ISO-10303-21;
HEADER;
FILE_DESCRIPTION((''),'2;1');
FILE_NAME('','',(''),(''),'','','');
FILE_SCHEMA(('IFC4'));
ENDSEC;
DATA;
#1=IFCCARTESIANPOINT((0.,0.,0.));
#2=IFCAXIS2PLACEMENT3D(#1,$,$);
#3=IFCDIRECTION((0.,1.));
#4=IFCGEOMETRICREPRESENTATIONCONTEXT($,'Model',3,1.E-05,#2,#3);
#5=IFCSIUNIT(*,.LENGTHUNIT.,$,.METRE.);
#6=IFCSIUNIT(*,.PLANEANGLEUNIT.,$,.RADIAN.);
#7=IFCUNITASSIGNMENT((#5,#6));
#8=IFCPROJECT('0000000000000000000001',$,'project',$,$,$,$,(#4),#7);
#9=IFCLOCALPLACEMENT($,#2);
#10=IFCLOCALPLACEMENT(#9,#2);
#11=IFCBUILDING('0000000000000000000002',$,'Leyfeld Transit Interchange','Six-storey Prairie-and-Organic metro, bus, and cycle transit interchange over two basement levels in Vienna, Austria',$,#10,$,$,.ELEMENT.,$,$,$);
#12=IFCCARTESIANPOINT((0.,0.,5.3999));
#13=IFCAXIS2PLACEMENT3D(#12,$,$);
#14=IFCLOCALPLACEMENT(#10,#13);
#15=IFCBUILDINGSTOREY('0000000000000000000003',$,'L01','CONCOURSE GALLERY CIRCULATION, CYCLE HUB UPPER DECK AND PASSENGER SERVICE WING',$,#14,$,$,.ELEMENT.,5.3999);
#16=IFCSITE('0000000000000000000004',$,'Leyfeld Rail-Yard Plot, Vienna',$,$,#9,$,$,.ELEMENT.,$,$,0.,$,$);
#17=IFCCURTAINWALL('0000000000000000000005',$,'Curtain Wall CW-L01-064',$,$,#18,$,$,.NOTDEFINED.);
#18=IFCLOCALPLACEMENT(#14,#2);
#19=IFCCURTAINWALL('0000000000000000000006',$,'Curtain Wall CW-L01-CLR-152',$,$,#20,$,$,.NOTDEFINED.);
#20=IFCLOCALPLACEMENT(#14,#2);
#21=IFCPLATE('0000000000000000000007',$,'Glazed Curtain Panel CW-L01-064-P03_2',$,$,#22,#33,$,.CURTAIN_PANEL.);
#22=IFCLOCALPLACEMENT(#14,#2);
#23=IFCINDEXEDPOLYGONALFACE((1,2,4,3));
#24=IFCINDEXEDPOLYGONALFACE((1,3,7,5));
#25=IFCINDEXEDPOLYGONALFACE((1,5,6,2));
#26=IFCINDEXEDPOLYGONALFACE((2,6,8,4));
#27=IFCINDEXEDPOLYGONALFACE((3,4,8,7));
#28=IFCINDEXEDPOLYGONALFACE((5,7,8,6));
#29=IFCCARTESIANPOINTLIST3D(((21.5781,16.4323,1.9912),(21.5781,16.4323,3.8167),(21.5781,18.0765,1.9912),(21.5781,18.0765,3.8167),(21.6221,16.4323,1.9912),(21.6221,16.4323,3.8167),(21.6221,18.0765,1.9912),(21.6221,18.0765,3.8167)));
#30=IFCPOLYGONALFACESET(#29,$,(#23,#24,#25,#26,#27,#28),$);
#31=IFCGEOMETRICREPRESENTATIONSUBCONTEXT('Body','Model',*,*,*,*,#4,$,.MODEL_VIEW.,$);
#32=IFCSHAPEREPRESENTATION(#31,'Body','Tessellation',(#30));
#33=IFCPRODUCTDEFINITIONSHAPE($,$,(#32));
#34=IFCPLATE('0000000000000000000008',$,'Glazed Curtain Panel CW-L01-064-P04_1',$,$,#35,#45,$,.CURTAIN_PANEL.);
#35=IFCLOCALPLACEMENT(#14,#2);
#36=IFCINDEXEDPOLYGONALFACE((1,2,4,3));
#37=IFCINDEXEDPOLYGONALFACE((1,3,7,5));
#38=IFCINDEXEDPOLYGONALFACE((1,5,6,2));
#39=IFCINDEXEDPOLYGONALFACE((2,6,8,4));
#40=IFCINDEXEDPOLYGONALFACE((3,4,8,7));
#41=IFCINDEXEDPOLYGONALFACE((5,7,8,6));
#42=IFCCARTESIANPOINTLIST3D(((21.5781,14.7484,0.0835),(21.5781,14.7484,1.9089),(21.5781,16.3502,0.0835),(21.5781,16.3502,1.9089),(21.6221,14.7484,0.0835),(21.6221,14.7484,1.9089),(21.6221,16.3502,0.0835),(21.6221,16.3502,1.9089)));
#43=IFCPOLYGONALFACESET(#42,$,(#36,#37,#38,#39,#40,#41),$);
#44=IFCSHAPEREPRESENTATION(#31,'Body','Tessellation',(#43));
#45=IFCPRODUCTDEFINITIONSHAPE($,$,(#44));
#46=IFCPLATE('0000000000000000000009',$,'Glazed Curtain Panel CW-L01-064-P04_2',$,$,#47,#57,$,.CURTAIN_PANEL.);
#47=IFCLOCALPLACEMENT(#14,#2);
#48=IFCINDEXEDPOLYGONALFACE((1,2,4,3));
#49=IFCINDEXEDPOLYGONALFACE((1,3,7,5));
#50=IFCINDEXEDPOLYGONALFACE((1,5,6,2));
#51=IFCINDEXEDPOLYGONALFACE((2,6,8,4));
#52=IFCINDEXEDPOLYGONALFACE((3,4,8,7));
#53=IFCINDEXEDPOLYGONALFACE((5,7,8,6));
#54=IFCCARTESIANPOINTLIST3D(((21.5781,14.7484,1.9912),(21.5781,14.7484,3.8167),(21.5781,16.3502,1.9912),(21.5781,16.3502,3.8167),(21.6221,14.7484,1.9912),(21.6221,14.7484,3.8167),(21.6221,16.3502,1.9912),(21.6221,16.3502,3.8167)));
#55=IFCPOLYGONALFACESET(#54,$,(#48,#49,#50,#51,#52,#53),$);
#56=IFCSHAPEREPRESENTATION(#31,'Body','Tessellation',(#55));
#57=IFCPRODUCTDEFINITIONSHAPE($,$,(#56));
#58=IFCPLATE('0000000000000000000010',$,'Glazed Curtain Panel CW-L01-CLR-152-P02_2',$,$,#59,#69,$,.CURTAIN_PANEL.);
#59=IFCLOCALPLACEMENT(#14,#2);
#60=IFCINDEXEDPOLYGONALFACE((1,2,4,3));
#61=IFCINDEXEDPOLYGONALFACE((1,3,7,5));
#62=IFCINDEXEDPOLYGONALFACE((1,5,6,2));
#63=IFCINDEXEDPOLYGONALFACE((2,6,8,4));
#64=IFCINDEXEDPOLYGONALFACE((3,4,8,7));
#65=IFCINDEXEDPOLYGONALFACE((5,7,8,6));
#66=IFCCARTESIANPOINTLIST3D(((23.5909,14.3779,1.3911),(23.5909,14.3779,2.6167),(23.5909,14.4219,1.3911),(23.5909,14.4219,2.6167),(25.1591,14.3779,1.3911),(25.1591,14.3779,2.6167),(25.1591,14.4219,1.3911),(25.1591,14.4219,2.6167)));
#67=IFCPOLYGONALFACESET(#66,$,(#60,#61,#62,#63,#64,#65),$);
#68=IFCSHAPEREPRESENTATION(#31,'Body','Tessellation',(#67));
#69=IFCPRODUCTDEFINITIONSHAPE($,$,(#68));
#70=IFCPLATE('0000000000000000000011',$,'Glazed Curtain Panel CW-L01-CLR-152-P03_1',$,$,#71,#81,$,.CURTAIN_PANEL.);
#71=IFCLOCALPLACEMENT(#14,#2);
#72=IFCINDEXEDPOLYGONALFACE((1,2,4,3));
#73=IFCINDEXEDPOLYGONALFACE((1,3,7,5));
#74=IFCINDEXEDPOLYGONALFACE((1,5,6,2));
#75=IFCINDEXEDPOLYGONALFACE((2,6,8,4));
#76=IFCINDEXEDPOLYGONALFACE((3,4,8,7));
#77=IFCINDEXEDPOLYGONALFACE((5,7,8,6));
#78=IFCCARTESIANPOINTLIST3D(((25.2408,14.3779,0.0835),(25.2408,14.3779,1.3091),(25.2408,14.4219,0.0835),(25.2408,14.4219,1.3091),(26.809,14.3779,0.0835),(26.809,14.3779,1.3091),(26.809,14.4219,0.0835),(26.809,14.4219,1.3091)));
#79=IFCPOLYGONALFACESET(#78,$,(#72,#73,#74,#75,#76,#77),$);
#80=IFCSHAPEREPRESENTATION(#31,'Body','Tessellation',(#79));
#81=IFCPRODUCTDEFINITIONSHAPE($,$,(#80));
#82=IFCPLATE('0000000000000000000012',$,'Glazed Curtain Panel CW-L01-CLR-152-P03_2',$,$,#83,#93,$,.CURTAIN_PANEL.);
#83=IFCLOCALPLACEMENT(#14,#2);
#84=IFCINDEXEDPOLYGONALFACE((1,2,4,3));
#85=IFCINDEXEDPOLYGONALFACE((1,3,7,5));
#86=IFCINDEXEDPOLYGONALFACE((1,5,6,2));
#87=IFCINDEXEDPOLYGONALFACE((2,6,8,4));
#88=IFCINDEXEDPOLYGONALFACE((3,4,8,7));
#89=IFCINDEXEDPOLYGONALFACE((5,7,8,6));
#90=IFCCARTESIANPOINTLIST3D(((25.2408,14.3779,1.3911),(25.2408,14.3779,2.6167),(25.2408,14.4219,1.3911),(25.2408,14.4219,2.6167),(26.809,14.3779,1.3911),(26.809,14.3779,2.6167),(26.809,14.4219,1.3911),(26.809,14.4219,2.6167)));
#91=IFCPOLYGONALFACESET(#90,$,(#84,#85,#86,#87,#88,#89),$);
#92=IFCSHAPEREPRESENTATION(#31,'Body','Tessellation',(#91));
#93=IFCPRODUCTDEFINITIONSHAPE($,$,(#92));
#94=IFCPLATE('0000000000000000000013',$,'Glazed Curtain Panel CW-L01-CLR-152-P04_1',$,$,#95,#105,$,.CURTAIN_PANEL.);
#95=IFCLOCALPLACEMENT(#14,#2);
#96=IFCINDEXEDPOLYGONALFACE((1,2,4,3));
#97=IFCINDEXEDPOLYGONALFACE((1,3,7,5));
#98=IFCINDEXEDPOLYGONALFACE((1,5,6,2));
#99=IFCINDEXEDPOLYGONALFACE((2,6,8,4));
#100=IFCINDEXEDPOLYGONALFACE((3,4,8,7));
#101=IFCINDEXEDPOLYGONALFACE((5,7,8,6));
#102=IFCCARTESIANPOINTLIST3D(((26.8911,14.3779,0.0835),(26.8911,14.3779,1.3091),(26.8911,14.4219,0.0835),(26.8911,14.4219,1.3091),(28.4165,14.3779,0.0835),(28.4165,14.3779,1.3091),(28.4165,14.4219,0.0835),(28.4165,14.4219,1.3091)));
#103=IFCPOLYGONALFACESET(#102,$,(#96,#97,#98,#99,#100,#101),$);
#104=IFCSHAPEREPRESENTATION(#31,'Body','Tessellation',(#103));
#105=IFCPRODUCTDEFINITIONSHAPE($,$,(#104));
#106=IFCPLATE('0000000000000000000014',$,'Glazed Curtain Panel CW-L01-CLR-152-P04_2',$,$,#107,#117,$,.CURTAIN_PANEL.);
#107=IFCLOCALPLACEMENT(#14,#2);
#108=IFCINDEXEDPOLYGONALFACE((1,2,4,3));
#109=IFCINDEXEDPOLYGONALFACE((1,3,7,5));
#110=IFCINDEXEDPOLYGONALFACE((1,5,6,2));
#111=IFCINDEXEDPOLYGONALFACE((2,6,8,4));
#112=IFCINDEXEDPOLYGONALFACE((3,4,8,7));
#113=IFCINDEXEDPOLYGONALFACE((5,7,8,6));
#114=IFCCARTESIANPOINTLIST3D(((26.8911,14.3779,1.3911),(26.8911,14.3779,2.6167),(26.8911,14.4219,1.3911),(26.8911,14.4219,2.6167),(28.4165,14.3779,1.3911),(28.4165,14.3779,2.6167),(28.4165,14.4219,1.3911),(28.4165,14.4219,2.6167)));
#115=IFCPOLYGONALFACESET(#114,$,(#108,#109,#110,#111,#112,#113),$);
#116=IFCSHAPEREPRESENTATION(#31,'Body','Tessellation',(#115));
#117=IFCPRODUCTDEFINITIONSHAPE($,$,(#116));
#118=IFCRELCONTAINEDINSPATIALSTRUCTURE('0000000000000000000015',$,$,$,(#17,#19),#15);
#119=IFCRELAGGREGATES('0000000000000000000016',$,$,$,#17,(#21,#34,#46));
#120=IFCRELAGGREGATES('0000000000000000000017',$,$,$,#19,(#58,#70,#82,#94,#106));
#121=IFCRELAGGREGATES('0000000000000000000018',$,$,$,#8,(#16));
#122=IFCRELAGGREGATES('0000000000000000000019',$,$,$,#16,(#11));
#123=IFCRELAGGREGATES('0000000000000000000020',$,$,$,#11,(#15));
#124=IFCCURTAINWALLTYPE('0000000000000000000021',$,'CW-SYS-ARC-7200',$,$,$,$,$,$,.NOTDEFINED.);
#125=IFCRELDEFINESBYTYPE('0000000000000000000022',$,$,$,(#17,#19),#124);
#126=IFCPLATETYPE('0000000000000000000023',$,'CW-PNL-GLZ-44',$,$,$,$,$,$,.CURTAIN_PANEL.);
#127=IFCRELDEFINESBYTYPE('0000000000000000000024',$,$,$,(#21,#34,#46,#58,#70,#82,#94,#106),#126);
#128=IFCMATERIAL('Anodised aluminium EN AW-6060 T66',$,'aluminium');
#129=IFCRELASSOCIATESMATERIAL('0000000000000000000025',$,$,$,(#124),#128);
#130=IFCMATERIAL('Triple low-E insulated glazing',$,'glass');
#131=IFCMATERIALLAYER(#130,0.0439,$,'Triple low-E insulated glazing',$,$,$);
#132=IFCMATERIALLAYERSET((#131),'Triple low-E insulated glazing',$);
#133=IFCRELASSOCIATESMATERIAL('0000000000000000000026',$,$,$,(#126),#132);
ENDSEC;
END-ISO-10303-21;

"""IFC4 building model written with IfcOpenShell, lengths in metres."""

from ifc_helpers import new_model, si_unit, direction, frame, origin, origin_2d, place, context, subcontext, project, spatial, rectangle, extrude, material, layer, layer_set, type_object, element, aggregate, save


model = new_model("IFC4")

# Units and contexts
model_context = context("Model", 3, precision=1e-05, world=origin(), true_north=direction((0.0, 1.0)))
body_context = subcontext(model_context, "Body", "Model", "MODEL_VIEW")
ifc_project = project(units=[si_unit("LENGTHUNIT", "METRE"), si_unit("PLANEANGLEUNIT", "RADIAN")], contexts=[model_context])

# Site, building, storey
site_placement = place(None, origin())
site = spatial("IfcSite", under=ifc_project, at=site_placement, Name="Leyfeld Rail-Yard Plot, Vienna", CompositionType="ELEMENT", RefElevation=0.0)
building_placement = place(site_placement, origin())
building = spatial("IfcBuilding", under=site, at=building_placement, Name="Leyfeld Transit Interchange", Description="Six-storey Prairie-and-Organic metro, bus, and cycle transit interchange over two basement levels in Vienna, Austria", CompositionType="ELEMENT")
storey_placement = place(building_placement, frame((0.0, 0.0, 5.3999)))
storey = spatial("IfcBuildingStorey", under=building, at=storey_placement, Name="L01", Description="CONCOURSE GALLERY CIRCULATION, CYCLE HUB UPPER DECK AND PASSENGER SERVICE WING", CompositionType="ELEMENT", Elevation=5.3999)

# Curtain walls
ifc_material_1 = material(Name="Anodised aluminium EN AW-6060 T66", Category="aluminium")
curtain_wall_type = type_object("IfcCurtainWallType", Name="CW-SYS-ARC-7200", PredefinedType="NOTDEFINED", material=ifc_material_1)
curtain_wall_1_placement = place(storey_placement, origin())
curtain_wall_1 = element("IfcCurtainWall", 1, at=curtain_wall_1_placement, inside=storey, type_object=curtain_wall_type, Name="Curtain Wall CW-L01-064", PredefinedType="NOTDEFINED")
curtain_wall_2_placement = place(storey_placement, origin())
curtain_wall_2 = element("IfcCurtainWall", 2, at=curtain_wall_2_placement, inside=storey, type_object=curtain_wall_type, Name="Curtain Wall CW-L01-CLR-152", PredefinedType="NOTDEFINED")

# Plates
ifc_material_2 = material(Name="Triple low-E insulated glazing", Category="glass")
ifc_layer = layer(ifc_material_2, 0.0439, Name="Triple low-E insulated glazing")
ifc_layer_set = layer_set([ifc_layer], Name="Triple low-E insulated glazing")
plate_type = type_object("IfcPlateType", Name="CW-PNL-GLZ-44", PredefinedType="CURTAIN_PANEL", material=ifc_layer_set)
plate_1_placement = place(storey_placement, frame((21.6001, 17.2544, 1.9912), z_axis=(0.0, 0.0, 1.0), x_axis=(0.0, -1.0, 0.0)))
plate_1 = element("IfcPlate", 3, at=plate_1_placement, type_object=plate_type, Name="Glazed Curtain Panel CW-L01-064-P03_2", PredefinedType="CURTAIN_PANEL", context=body_context, shape_type="SweptSolid", body=[
    extrude(rectangle(XDim=1.6443, YDim=0.0439, at=origin_2d()), origin(), (0.0, 0.0, 1.0), 1.8254),
])
plate_2_placement = place(storey_placement, frame((21.6001, 15.5493, 0.0835), z_axis=(0.0, 0.0, 1.0), x_axis=(0.0, -1.0, 0.0)))
plate_2 = element("IfcPlate", 4, at=plate_2_placement, type_object=plate_type, Name="Glazed Curtain Panel CW-L01-064-P04_1", PredefinedType="CURTAIN_PANEL", context=body_context, shape_type="SweptSolid", body=[
    extrude(rectangle(XDim=1.6018, YDim=0.0439, at=origin_2d()), origin(), (0.0, 0.0, 1.0), 1.8254),
])
plate_3_placement = place(storey_placement, frame((21.6001, 15.5493, 1.9912), z_axis=(0.0, 0.0, 1.0), x_axis=(0.0, -1.0, 0.0)))
plate_3 = element("IfcPlate", 5, at=plate_3_placement, type_object=plate_type, Name="Glazed Curtain Panel CW-L01-064-P04_2", PredefinedType="CURTAIN_PANEL", context=body_context, shape_type="SweptSolid", body=[
    extrude(rectangle(XDim=1.6018, YDim=0.0439, at=origin_2d()), origin(), (0.0, 0.0, 1.0), 1.8254),
])
aggregate(curtain_wall_1, [plate_1, plate_2, plate_3])
plate_4_placement = place(storey_placement, frame((24.375, 14.3999, 1.3911), z_axis=(0.0, 0.0, 1.0), x_axis=(1.0, 0.0, 0.0)))
plate_4 = element("IfcPlate", 6, at=plate_4_placement, type_object=plate_type, Name="Glazed Curtain Panel CW-L01-CLR-152-P02_2", PredefinedType="CURTAIN_PANEL", context=body_context, shape_type="SweptSolid", body=[
    extrude(rectangle(XDim=1.5681, YDim=0.0439, at=origin_2d()), origin(), (0.0, 0.0, 1.0), 1.2256),
])
plate_5_placement = place(storey_placement, frame((26.0249, 14.3999, 0.0835), z_axis=(0.0, 0.0, 1.0), x_axis=(1.0, 0.0, 0.0)))
plate_5 = element("IfcPlate", 7, at=plate_5_placement, type_object=plate_type, Name="Glazed Curtain Panel CW-L01-CLR-152-P03_1", PredefinedType="CURTAIN_PANEL", context=body_context, shape_type="SweptSolid", body=[
    extrude(rectangle(XDim=1.5681, YDim=0.0439, at=origin_2d()), origin(), (0.0, 0.0, 1.0), 1.2256),
])
plate_6_placement = place(storey_placement, frame((26.0249, 14.3999, 1.3911), z_axis=(0.0, 0.0, 1.0), x_axis=(1.0, 0.0, 0.0)))
plate_6 = element("IfcPlate", 8, at=plate_6_placement, type_object=plate_type, Name="Glazed Curtain Panel CW-L01-CLR-152-P03_2", PredefinedType="CURTAIN_PANEL", context=body_context, shape_type="SweptSolid", body=[
    extrude(rectangle(XDim=1.5681, YDim=0.0439, at=origin_2d()), origin(), (0.0, 0.0, 1.0), 1.2256),
])
plate_7_placement = place(storey_placement, frame((27.6538, 14.3999, 0.0835), z_axis=(0.0, 0.0, 1.0), x_axis=(1.0, 0.0, 0.0)))
plate_7 = element("IfcPlate", 9, at=plate_7_placement, type_object=plate_type, Name="Glazed Curtain Panel CW-L01-CLR-152-P04_1", PredefinedType="CURTAIN_PANEL", context=body_context, shape_type="SweptSolid", body=[
    extrude(rectangle(XDim=1.5254, YDim=0.0439, at=origin_2d()), origin(), (0.0, 0.0, 1.0), 1.2256),
])
plate_8_placement = place(storey_placement, frame((27.6538, 14.3999, 1.3911), z_axis=(0.0, 0.0, 1.0), x_axis=(1.0, 0.0, 0.0)))
plate_8 = element("IfcPlate", 10, at=plate_8_placement, type_object=plate_type, Name="Glazed Curtain Panel CW-L01-CLR-152-P04_2", PredefinedType="CURTAIN_PANEL", context=body_context, shape_type="SweptSolid", body=[
    extrude(rectangle(XDim=1.5254, YDim=0.0439, at=origin_2d()), origin(), (0.0, 0.0, 1.0), 1.2256),
])
aggregate(curtain_wall_2, [plate_4, plate_5, plate_6, plate_7, plate_8])

save(model, "model.ifc")
